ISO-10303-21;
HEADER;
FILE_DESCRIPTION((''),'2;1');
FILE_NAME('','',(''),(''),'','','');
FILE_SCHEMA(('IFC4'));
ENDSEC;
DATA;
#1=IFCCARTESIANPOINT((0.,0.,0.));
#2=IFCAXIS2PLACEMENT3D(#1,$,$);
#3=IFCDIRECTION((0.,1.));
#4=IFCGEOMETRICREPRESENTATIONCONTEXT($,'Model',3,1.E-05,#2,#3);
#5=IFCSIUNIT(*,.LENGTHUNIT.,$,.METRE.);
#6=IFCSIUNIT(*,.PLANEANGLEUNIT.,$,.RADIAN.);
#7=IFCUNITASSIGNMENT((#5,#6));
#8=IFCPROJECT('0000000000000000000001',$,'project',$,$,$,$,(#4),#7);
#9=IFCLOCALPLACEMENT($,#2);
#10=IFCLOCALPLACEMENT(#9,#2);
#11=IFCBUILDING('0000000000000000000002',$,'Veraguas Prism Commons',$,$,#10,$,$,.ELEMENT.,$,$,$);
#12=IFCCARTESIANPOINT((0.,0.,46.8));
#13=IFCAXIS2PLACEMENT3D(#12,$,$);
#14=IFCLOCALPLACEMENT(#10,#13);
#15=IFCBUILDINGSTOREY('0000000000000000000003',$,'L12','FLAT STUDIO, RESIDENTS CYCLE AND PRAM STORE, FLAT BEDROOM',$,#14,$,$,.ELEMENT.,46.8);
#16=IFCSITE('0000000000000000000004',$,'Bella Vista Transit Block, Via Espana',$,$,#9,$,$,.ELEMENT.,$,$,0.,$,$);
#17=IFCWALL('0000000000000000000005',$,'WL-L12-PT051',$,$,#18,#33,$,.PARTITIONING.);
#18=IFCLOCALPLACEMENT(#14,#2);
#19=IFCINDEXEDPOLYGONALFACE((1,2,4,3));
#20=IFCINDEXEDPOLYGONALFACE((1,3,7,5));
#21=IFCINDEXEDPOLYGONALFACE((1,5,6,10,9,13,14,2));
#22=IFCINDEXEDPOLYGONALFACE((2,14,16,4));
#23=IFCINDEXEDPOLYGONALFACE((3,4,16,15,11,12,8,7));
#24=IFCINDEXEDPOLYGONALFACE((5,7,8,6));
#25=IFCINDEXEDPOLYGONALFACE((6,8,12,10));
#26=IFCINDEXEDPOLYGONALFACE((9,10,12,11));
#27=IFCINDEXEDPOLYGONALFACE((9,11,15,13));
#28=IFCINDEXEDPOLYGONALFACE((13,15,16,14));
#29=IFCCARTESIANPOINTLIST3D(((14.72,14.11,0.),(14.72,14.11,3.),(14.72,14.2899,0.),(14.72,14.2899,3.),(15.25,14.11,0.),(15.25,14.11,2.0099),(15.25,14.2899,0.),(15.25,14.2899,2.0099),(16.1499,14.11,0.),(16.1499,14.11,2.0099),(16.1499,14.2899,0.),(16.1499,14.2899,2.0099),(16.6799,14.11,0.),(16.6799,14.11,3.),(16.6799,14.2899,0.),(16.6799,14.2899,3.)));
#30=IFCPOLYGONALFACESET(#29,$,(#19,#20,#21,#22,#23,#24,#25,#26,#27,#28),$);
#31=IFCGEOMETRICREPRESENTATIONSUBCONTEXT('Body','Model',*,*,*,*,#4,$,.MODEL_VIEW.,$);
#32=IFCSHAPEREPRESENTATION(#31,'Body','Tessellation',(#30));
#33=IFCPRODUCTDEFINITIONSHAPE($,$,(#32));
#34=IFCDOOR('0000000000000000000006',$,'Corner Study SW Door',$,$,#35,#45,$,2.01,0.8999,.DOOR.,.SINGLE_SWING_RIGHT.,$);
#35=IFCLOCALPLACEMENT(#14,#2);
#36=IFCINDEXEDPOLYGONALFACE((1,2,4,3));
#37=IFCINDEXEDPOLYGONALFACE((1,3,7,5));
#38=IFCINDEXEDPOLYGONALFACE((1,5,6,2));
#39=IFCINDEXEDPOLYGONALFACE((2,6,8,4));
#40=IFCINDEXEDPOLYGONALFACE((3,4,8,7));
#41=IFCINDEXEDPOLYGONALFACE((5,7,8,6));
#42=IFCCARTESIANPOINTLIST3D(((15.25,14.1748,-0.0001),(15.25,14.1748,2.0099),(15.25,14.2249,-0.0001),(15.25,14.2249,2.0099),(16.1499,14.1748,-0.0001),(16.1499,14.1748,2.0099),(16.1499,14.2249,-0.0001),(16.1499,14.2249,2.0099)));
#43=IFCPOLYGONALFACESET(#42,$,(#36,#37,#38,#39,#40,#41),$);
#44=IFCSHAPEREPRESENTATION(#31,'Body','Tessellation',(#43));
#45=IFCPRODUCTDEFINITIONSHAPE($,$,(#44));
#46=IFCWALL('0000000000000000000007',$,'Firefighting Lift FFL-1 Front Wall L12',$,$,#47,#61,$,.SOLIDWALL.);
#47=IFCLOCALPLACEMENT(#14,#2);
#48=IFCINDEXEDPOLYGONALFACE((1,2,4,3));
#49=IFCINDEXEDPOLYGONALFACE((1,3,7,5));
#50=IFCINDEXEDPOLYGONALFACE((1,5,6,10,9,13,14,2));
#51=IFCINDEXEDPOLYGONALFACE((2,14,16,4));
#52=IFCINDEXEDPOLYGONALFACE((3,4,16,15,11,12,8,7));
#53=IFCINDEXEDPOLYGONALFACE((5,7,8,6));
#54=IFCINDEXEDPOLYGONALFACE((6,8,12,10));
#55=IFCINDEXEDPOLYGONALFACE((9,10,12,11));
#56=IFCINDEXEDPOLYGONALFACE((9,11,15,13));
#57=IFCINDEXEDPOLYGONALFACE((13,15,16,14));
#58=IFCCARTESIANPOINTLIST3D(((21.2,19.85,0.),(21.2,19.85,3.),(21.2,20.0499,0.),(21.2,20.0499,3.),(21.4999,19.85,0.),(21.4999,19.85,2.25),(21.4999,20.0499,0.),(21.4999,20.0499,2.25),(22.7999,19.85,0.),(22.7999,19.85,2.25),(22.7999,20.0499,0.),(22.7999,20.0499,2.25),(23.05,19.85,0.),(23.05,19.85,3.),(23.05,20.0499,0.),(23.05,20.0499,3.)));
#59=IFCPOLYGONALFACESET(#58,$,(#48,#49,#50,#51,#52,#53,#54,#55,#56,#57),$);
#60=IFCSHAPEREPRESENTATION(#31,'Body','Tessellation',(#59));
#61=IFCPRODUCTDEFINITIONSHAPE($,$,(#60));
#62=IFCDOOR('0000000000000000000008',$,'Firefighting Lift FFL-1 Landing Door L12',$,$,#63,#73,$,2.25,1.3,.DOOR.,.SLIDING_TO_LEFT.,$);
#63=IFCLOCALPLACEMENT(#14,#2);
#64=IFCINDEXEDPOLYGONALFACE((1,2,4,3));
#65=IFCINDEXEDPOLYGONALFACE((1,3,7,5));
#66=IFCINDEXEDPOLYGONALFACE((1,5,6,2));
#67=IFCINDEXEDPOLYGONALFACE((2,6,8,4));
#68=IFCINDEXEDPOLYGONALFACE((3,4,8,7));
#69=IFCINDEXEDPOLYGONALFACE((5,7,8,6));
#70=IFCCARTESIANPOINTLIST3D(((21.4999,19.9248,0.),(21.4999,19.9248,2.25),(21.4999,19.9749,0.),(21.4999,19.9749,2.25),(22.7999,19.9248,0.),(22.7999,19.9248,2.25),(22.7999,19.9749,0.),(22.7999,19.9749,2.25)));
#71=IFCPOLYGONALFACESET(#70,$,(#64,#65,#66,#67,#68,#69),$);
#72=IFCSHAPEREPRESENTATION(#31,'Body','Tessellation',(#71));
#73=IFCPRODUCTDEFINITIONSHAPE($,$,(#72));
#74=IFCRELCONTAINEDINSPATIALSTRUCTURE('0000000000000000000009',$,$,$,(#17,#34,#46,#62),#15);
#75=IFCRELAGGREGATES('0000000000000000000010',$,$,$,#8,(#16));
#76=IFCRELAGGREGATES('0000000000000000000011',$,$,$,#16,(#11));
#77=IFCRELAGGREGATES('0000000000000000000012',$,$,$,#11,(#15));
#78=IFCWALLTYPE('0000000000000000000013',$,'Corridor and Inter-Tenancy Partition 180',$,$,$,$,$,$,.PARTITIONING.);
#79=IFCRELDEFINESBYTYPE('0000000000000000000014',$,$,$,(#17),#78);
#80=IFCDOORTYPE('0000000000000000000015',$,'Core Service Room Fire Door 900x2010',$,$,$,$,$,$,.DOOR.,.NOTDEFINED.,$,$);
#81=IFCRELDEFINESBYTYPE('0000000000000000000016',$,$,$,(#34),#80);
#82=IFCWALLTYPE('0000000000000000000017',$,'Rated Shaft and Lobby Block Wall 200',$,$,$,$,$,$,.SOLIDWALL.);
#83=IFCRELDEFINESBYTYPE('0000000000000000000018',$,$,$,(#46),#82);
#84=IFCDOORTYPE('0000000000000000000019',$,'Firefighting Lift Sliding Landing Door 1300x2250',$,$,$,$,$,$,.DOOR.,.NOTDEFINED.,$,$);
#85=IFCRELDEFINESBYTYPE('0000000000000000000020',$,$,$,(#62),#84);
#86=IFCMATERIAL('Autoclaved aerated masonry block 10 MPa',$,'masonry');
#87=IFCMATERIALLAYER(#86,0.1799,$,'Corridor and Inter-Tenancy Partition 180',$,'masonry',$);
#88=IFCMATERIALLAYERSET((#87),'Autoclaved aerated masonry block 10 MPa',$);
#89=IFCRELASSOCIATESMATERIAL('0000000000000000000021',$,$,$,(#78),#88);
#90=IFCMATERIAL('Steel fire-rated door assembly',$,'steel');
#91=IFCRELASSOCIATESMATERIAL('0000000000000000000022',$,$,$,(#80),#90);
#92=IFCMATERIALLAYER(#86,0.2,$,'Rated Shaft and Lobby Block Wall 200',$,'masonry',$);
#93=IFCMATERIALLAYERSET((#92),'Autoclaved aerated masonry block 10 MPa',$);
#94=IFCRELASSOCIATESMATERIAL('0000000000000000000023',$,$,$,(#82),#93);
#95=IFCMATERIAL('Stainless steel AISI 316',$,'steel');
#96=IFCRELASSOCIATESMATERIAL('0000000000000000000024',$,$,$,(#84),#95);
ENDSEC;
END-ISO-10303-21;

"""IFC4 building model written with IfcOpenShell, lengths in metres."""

from ifc_helpers import new_model, si_unit, direction, frame, frame_2d, origin, place, context, subcontext, project, spatial, rectangle, extrude, source, transform, mapped, material, layer, layer_set, type_object, element, fill, save


model = new_model("IFC4")

# Units and contexts
model_context = context("Model", 3, precision=1e-05, world=origin(), true_north=direction((0.0, 1.0)))
body_context = subcontext(model_context, "Body", "Model", "MODEL_VIEW")
ifc_project = project(units=[si_unit("LENGTHUNIT", "METRE"), si_unit("PLANEANGLEUNIT", "RADIAN")], contexts=[model_context])

# Site, building, storey
site_placement = place(None, origin())
site = spatial("IfcSite", under=ifc_project, at=site_placement, Name="Bella Vista Transit Block, Via Espana", CompositionType="ELEMENT", RefElevation=0.0)
building_placement = place(site_placement, origin())
building = spatial("IfcBuilding", under=site, at=building_placement, Name="Veraguas Prism Commons", CompositionType="ELEMENT")
storey_placement = place(building_placement, frame((0.0, 0.0, 46.8)))
storey = spatial("IfcBuildingStorey", under=building, at=storey_placement, Name="L12", Description="FLAT STUDIO, RESIDENTS CYCLE AND PRAM STORE, FLAT BEDROOM", CompositionType="ELEMENT", Elevation=46.8)

# Shared definitions
ifc_material_1 = material(Name="Steel fire-rated door assembly", Category="steel")

# Shared definitions
ifc_material_2 = material(Name="Autoclaved aerated masonry block 10 MPa", Category="masonry")
ifc_layer_1 = layer(ifc_material_2, 0.1799, Name="Corridor and Inter-Tenancy Partition 180", Category="masonry")
ifc_layer_set_1 = layer_set([ifc_layer_1], Name="Autoclaved aerated masonry block 10 MPa")
wall_type_1 = type_object("IfcWallType", Name="Corridor and Inter-Tenancy Partition 180", PredefinedType="PARTITIONING", material=ifc_layer_set_1)

# Walls, openings, doors
wall_1_placement = place(storey_placement, frame((14.72, 14.2, 0.0), z_axis=(0.0, 0.0, 1.0), x_axis=(1.0, 0.0, 0.0)))
wall_1 = element("IfcWall", 1, at=wall_1_placement, inside=storey, type_object=wall_type_1, Name="WL-L12-PT051", PredefinedType="PARTITIONING", context=body_context, shape_type="SweptSolid", body=[
    extrude(rectangle(XDim=1.96, YDim=0.1799, at=frame_2d((0.98, 0.0))), origin(), (0.0, 0.0, 1.0), 3.0),
])
opening_1_placement = place(wall_1_placement, frame((0.53, 0.0, 0.0)))
opening_1 = element("IfcOpeningElement", 2, at=opening_1_placement, cuts=wall_1, PredefinedType="OPENING", context=body_context, shape_type="SweptSolid", body=[
    extrude(rectangle(XDim=0.8999, YDim=2.01, at=frame_2d((0.45, 1.0049))), frame((0.0, 0.0999, 0.0), z_axis=(0.0, -1.0, 0.0), x_axis=(1.0, 0.0, 0.0)), (0.0, 0.0, 1.0), 0.2),
])
door_type_1 = type_object("IfcDoorType", Name="Core Service Room Fire Door 900x2010", OperationType="NOTDEFINED", PredefinedType="DOOR", material=ifc_material_1)
shared_shape_1 = source(origin(), body_context, "Body", "SweptSolid", [
    extrude(rectangle(XDim=0.8999, YDim=2.01, at=frame_2d((0.45, 1.0049))), frame((0.0, 0.0249, 0.0), z_axis=(0.0, -1.0, 0.0), x_axis=(1.0, 0.0, 0.0)), (0.0, 0.0, 1.0), 0.05),
])
door_1_placement = place(opening_1_placement, origin())
door_1 = element("IfcDoor", 3, at=door_1_placement, inside=storey, type_object=door_type_1, Name="Corner Study SW Door", OperationType="SINGLE_SWING_RIGHT", OverallHeight=2.01, OverallWidth=0.8999, PredefinedType="DOOR", context=body_context, shape_type="MappedRepresentation", body=[
    mapped(shared_shape_1, transform((0.0, 0.0, 0.0), scale=1.0)),
])
fill(opening_1, door_1)
ifc_layer_2 = layer(ifc_material_2, 0.2, Name="Rated Shaft and Lobby Block Wall 200", Category="masonry")
ifc_layer_set_2 = layer_set([ifc_layer_2], Name="Autoclaved aerated masonry block 10 MPa")
wall_type_2 = type_object("IfcWallType", Name="Rated Shaft and Lobby Block Wall 200", PredefinedType="SOLIDWALL", material=ifc_layer_set_2)
wall_2_placement = place(storey_placement, frame((21.2, 19.95, 0.0), z_axis=(0.0, 0.0, 1.0), x_axis=(1.0, 0.0, 0.0)))
wall_2 = element("IfcWall", 4, at=wall_2_placement, inside=storey, type_object=wall_type_2, Name="Firefighting Lift FFL-1 Front Wall L12", PredefinedType="SOLIDWALL", context=body_context, shape_type="SweptSolid", body=[
    extrude(rectangle(XDim=1.8501, YDim=0.2, at=frame_2d((0.925, 0.0))), origin(), (0.0, 0.0, 1.0), 3.0),
])
opening_2_placement = place(wall_2_placement, frame((0.3, 0.0, 0.0)))
opening_2 = element("IfcOpeningElement", 5, at=opening_2_placement, cuts=wall_2, PredefinedType="OPENING", context=body_context, shape_type="SweptSolid", body=[
    extrude(rectangle(XDim=1.3, YDim=2.25, at=frame_2d((0.6499, 1.125))), frame((0.0, 0.1099, 0.0), z_axis=(0.0, -1.0, 0.0), x_axis=(1.0, 0.0, 0.0)), (0.0, 0.0, 1.0), 0.22),
])
ifc_material_3 = material(Name="Stainless steel AISI 316", Category="steel")
door_type_2 = type_object("IfcDoorType", Name="Firefighting Lift Sliding Landing Door 1300x2250", OperationType="NOTDEFINED", PredefinedType="DOOR", material=ifc_material_3)
shared_shape_2 = source(origin(), body_context, "Body", "SweptSolid", [
    extrude(rectangle(XDim=1.3, YDim=2.25, at=frame_2d((0.6499, 1.125))), frame((0.0, 0.0249, 0.0), z_axis=(0.0, -1.0, 0.0), x_axis=(1.0, 0.0, 0.0)), (0.0, 0.0, 1.0), 0.05),
])
door_2_placement = place(opening_2_placement, origin())
door_2 = element("IfcDoor", 6, at=door_2_placement, inside=storey, type_object=door_type_2, Name="Firefighting Lift FFL-1 Landing Door L12", OperationType="SLIDING_TO_LEFT", OverallHeight=2.25, OverallWidth=1.3, PredefinedType="DOOR", context=body_context, shape_type="MappedRepresentation", body=[
    mapped(shared_shape_2, transform((0.0, 0.0, 0.0), scale=1.0)),
])
fill(opening_2, door_2)

save(model, "model.ifc")
